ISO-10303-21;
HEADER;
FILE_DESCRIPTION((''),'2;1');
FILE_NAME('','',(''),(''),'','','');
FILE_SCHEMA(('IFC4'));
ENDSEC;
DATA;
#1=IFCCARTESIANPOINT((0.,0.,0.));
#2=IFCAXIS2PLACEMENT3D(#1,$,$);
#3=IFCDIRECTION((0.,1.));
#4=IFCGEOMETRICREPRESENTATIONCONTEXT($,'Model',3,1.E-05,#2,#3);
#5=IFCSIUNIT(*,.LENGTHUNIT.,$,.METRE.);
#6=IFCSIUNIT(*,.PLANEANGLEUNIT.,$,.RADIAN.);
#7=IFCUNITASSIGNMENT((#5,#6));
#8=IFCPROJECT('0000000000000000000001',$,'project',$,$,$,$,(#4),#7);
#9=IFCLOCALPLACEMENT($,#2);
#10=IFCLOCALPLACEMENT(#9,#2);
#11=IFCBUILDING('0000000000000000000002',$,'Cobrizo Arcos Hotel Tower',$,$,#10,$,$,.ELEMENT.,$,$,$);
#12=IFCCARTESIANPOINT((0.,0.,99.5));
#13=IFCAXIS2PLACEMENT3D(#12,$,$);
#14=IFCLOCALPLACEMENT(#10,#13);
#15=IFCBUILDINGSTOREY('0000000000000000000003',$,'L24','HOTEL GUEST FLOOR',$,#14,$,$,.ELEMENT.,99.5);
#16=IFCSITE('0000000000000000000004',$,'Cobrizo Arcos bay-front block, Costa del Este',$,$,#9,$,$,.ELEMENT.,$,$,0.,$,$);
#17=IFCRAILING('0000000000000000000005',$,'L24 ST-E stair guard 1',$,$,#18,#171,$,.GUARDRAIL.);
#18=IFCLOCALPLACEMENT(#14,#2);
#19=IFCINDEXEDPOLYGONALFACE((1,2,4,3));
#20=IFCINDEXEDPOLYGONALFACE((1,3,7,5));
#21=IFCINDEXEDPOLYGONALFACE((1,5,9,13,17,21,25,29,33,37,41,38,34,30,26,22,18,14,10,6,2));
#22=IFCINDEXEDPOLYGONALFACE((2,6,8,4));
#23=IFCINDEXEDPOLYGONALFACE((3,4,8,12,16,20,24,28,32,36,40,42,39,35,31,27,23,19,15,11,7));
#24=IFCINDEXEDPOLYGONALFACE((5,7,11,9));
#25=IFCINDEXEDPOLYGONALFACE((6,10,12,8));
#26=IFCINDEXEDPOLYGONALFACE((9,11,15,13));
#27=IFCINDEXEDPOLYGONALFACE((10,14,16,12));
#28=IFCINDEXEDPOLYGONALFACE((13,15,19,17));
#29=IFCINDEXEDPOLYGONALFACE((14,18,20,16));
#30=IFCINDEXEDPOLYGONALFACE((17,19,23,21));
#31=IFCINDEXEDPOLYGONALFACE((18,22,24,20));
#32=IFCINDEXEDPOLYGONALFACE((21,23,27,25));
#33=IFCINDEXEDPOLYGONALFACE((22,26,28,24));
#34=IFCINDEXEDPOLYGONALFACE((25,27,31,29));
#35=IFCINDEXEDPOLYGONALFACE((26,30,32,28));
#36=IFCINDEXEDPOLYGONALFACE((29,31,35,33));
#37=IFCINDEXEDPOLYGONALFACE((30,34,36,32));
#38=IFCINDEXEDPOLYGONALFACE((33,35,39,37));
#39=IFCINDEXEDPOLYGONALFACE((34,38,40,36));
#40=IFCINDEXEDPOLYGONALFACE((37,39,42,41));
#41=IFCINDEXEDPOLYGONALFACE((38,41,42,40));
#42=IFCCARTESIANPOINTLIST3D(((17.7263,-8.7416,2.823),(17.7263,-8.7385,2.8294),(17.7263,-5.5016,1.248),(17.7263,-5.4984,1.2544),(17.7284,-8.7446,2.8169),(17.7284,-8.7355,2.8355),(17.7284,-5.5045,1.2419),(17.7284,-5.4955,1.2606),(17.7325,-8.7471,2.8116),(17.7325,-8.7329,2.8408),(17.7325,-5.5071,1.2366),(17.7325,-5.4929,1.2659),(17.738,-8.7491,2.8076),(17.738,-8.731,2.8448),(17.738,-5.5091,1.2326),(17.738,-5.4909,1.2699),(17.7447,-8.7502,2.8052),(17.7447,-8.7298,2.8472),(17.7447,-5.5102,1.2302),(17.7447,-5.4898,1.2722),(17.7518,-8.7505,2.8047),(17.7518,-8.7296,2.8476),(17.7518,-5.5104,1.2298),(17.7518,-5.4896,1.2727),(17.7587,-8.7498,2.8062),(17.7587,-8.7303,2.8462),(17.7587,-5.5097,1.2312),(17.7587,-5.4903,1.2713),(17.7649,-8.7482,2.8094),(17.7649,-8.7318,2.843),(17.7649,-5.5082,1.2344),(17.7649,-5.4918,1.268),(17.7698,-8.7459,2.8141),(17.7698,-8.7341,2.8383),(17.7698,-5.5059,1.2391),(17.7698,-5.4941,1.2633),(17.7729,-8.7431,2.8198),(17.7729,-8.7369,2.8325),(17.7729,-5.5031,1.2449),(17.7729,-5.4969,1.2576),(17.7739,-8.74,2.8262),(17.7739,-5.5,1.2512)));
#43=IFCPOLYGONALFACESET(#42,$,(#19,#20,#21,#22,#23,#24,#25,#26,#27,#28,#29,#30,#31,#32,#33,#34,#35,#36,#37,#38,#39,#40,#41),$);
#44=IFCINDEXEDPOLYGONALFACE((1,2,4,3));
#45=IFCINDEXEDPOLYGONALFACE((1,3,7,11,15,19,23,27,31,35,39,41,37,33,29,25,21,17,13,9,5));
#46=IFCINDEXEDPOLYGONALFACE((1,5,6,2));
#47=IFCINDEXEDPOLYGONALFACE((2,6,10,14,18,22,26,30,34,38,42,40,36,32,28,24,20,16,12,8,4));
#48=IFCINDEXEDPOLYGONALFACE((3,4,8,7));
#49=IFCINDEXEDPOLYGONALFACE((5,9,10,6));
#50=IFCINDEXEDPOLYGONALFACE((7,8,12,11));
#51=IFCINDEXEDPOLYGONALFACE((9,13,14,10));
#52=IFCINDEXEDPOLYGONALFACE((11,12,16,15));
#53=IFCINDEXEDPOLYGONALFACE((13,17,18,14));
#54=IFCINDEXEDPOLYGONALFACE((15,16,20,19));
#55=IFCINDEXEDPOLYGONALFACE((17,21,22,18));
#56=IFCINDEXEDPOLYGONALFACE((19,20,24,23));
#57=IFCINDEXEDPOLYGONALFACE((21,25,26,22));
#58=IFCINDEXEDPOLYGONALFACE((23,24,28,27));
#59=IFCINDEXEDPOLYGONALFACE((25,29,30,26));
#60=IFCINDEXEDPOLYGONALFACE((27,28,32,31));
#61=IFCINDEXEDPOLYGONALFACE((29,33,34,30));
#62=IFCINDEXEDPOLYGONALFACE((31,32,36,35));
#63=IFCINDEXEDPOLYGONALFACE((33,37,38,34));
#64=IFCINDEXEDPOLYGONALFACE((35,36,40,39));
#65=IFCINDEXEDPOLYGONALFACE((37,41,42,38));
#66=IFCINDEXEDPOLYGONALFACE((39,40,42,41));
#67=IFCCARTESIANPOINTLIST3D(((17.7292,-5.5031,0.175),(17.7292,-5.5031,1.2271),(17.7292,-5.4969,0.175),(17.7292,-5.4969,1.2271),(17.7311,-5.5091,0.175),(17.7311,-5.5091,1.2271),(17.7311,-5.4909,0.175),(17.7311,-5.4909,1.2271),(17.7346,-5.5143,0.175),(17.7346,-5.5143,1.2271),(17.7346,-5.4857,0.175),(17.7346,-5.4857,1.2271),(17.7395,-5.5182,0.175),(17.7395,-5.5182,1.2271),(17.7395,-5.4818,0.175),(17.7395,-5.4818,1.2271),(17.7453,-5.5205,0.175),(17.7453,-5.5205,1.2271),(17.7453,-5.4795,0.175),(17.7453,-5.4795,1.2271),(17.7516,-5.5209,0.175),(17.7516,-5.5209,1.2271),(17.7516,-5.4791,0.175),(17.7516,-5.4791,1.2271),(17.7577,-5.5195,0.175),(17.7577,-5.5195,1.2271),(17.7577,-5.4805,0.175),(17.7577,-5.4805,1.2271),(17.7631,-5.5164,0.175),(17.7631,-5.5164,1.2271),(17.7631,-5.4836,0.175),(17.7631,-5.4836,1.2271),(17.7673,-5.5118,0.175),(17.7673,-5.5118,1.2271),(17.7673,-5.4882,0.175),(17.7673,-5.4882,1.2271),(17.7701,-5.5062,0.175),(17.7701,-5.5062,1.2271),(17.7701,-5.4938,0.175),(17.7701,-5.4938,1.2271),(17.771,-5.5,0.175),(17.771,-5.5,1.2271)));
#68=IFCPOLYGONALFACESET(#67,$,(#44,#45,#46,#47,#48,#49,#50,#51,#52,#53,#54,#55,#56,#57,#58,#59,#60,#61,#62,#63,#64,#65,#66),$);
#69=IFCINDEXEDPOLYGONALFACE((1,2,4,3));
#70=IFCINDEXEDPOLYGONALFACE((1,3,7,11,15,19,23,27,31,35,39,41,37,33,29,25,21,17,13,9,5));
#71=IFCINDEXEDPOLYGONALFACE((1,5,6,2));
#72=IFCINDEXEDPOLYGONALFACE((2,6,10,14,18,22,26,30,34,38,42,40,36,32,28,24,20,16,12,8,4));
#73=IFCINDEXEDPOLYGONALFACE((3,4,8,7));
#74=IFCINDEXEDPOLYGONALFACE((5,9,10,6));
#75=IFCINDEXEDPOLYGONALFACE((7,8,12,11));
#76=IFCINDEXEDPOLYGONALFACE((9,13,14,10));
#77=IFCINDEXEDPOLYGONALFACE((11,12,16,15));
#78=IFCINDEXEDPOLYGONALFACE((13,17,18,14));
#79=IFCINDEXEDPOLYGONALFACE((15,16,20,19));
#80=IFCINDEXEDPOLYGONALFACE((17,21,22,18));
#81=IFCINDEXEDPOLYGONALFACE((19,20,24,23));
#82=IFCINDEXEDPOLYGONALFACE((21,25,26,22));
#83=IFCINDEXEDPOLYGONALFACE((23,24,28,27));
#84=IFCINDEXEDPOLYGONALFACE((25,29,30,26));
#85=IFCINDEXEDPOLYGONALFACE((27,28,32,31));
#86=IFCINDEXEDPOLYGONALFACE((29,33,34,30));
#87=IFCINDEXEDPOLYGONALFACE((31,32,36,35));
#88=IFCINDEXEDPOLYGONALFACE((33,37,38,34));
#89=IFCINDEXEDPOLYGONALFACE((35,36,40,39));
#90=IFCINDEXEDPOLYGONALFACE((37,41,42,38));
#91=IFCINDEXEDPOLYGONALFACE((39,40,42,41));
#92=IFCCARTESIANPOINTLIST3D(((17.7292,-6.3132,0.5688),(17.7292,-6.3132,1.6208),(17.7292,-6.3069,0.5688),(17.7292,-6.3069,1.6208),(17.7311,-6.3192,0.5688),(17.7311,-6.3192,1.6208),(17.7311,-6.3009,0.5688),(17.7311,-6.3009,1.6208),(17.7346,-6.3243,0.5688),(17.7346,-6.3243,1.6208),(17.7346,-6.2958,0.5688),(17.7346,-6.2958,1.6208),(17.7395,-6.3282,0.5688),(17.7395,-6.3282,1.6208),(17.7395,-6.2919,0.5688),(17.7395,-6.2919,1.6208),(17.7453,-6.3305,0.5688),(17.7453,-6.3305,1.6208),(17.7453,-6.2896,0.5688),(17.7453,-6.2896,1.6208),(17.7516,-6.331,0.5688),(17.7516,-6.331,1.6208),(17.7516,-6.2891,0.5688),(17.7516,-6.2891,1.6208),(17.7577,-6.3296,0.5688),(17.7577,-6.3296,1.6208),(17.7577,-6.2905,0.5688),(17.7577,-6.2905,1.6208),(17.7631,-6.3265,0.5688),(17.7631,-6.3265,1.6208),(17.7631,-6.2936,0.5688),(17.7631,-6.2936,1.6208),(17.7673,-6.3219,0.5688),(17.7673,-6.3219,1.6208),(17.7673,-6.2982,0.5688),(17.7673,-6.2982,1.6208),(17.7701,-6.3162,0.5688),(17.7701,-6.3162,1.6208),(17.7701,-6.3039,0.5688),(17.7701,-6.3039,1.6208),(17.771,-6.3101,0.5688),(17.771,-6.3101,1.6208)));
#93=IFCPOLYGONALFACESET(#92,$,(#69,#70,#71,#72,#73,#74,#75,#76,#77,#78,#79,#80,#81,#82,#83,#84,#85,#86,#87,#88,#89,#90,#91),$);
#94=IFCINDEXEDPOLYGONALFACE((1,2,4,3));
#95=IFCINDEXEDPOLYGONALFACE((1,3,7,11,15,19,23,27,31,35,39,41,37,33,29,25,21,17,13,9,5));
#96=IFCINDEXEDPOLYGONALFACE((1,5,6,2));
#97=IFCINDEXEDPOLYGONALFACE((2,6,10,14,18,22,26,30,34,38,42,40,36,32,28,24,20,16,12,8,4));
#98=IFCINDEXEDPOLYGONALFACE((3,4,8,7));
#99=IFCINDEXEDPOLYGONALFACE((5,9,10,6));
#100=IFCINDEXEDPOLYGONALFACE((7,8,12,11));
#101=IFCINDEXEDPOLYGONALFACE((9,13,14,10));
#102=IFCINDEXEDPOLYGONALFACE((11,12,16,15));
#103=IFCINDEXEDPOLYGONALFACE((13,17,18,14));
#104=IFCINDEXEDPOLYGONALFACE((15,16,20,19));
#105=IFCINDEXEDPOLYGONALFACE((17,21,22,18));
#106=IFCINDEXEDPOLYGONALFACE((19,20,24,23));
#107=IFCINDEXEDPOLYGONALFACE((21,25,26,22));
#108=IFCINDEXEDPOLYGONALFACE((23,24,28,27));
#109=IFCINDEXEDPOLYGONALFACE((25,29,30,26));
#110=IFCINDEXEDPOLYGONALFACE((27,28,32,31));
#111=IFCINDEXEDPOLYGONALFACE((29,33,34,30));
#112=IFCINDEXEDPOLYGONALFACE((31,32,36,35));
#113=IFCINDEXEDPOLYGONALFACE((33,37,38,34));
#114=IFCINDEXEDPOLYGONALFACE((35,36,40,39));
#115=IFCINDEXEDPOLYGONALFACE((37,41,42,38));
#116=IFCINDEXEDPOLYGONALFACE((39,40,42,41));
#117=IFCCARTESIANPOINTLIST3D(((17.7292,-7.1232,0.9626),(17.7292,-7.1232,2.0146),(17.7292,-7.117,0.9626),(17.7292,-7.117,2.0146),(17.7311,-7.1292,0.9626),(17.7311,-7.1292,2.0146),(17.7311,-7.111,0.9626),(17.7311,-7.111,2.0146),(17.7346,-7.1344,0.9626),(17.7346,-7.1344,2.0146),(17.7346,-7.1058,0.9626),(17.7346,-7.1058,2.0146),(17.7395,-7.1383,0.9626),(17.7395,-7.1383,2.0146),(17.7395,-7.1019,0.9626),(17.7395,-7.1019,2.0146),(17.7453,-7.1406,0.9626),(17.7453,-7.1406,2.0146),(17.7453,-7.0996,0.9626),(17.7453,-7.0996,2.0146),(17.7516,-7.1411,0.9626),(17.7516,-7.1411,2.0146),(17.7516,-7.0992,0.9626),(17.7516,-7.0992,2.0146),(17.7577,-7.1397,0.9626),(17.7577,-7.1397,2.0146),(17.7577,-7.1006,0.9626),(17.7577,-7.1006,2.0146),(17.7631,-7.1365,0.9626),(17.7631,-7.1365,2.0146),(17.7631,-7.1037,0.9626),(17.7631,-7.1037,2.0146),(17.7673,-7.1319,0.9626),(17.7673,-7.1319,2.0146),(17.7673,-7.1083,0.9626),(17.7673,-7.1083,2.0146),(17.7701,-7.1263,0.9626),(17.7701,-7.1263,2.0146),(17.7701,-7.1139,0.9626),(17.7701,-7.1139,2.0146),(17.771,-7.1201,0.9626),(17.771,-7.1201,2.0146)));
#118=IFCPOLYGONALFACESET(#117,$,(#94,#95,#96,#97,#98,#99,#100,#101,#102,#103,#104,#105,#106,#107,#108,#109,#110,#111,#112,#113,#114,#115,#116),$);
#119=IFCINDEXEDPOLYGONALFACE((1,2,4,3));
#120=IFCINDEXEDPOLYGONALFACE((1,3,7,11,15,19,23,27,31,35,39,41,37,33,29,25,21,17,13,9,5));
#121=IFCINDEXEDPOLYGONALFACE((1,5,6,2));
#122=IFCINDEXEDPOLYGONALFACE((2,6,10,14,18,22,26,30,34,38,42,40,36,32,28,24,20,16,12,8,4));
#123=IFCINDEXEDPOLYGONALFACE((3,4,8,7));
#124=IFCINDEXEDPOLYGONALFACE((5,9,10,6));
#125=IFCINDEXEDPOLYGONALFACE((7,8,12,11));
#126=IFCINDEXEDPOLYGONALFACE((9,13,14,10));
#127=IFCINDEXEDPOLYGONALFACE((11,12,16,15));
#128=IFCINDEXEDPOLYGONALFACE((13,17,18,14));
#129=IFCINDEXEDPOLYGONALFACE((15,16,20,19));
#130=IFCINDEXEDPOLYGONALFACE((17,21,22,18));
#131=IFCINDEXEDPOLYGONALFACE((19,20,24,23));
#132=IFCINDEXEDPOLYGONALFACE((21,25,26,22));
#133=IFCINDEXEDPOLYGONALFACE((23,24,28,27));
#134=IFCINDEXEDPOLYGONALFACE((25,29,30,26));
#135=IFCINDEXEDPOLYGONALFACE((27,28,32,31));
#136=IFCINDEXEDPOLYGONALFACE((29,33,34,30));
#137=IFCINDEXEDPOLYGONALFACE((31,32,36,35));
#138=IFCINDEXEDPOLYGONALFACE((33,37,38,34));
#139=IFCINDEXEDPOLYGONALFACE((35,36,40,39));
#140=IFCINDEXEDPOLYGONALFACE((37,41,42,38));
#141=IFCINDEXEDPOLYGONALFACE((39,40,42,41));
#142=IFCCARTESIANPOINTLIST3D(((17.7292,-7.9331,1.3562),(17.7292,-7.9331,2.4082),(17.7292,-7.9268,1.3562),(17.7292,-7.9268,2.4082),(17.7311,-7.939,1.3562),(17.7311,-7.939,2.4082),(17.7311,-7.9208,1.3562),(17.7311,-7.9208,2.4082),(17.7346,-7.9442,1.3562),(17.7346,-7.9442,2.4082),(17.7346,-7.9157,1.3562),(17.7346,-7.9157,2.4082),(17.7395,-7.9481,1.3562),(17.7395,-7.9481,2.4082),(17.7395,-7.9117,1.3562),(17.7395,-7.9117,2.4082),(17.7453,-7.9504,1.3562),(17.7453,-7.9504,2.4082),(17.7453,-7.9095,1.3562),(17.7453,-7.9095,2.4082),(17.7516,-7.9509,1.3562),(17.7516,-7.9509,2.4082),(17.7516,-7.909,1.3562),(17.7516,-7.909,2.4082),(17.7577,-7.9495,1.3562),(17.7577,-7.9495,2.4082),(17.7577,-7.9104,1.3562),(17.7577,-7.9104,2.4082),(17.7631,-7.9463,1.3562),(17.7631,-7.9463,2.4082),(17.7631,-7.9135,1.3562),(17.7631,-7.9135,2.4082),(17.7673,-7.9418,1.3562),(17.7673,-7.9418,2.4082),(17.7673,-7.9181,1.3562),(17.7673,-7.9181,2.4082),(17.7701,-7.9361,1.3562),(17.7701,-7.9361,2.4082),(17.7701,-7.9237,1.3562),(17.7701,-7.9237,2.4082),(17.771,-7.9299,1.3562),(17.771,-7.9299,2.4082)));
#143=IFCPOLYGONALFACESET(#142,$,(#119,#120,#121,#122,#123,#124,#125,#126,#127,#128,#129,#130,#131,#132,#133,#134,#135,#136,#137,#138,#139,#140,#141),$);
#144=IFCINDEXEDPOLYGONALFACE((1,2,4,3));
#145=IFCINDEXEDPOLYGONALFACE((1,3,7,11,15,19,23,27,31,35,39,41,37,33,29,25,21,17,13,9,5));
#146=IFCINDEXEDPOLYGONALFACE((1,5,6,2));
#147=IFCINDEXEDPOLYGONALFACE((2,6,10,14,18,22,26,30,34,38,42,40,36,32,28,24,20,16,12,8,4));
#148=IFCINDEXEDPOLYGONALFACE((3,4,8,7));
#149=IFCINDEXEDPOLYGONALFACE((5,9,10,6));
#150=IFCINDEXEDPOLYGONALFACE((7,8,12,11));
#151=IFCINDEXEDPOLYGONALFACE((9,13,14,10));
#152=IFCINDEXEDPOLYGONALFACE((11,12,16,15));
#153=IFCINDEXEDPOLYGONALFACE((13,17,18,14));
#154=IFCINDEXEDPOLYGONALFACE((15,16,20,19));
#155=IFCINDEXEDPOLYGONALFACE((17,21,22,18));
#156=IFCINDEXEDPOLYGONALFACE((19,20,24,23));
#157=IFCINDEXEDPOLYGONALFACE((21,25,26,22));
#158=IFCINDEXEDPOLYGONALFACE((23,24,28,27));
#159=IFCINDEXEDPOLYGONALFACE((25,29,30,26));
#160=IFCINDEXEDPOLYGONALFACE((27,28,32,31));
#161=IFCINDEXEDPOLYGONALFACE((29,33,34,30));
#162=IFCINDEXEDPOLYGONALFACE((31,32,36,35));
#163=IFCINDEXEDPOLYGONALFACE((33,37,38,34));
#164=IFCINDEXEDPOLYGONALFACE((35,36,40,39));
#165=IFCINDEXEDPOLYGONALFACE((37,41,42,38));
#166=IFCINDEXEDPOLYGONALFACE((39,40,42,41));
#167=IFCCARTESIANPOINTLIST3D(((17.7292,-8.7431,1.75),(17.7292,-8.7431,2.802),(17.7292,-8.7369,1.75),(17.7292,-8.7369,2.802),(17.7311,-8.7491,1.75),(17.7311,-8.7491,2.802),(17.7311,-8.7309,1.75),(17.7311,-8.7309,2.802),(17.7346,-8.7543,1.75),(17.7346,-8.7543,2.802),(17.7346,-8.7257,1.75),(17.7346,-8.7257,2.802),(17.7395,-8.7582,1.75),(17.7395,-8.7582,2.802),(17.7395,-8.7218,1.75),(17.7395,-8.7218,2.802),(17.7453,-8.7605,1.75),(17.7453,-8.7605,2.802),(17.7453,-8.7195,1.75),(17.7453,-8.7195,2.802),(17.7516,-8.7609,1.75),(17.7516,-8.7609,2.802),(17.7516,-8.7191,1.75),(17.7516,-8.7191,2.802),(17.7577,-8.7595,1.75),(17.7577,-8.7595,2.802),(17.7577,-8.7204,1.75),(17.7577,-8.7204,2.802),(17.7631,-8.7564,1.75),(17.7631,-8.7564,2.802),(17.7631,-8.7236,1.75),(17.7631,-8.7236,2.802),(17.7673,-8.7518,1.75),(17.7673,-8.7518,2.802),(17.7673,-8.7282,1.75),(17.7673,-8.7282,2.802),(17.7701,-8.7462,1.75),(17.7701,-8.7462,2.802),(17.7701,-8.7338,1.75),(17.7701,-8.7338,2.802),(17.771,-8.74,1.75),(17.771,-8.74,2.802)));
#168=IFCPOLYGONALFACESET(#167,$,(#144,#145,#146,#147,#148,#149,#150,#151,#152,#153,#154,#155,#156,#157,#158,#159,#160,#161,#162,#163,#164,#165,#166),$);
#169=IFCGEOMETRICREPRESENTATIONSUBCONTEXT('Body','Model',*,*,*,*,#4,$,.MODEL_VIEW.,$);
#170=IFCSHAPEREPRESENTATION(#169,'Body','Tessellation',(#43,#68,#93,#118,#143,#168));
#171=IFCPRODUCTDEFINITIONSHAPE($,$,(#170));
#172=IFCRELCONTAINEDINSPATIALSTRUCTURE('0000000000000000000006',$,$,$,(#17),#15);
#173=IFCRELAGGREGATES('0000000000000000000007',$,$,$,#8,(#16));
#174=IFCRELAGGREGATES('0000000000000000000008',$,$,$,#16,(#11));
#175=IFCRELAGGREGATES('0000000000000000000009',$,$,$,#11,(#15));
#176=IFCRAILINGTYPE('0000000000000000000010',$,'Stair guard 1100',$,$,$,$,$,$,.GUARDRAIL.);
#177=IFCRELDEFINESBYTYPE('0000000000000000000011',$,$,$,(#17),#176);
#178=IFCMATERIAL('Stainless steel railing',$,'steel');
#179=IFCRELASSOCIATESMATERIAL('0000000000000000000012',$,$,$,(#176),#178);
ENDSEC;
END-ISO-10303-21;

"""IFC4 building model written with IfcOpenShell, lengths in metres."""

from ifc_helpers import new_model, si_unit, direction, frame, origin, origin_2d, place, context, subcontext, project, spatial, circle, extrude, material, type_object, element, save


model = new_model("IFC4")

# Units and contexts
model_context = context("Model", 3, precision=1e-05, world=origin(), true_north=direction((0.0, 1.0)))
body_context = subcontext(model_context, "Body", "Model", "MODEL_VIEW")
ifc_project = project(units=[si_unit("LENGTHUNIT", "METRE"), si_unit("PLANEANGLEUNIT", "RADIAN")], contexts=[model_context])

# Site, building, storey
site_placement = place(None, origin())
site = spatial("IfcSite", under=ifc_project, at=site_placement, Name="Cobrizo Arcos bay-front block, Costa del Este", CompositionType="ELEMENT", RefElevation=0.0)
building_placement = place(site_placement, origin())
building = spatial("IfcBuilding", under=site, at=building_placement, Name="Cobrizo Arcos Hotel Tower", CompositionType="ELEMENT")
storey_placement = place(building_placement, frame((0.0, 0.0, 99.5)))
storey = spatial("IfcBuildingStorey", under=building, at=storey_placement, Name="L24", Description="HOTEL GUEST FLOOR", CompositionType="ELEMENT", Elevation=99.5)

# Railing
ifc_material_1 = material(Name="Stainless steel railing", Category="steel")
railing_type_1 = type_object("IfcRailingType", Name="Stair guard 1100", PredefinedType="GUARDRAIL", material=ifc_material_1)
railing_1_placement = place(storey_placement, frame((17.75, -5.5, 0.175)))
element("IfcRailing", 1, at=railing_1_placement, inside=storey, type_object=railing_type_1, Name="L24 ST-E stair guard 1", PredefinedType="GUARDRAIL", context=body_context, shape_type="SweptSolid", body=[
    extrude(circle(Radius=0.0239, at=origin_2d()), frame((0.0, 0.0, 1.0762), z_axis=(0.0, -0.899373, 0.437183), x_axis=(1.0, 0.0, 0.0)), (0.0, 0.0, 1.0), 3.6025),
    extrude(circle(Radius=0.021, at=origin_2d()), origin(), (0.0, 0.0, 1.0), 1.052),
    extrude(circle(Radius=0.021, at=origin_2d()), frame((0.0, -0.8101, 0.3938)), (0.0, 0.0, 1.0), 1.052),
    extrude(circle(Radius=0.021, at=origin_2d()), frame((0.0, -1.6201, 0.7876)), (0.0, 0.0, 1.0), 1.052),
    extrude(circle(Radius=0.021, at=origin_2d()), frame((0.0, -2.4299, 1.1812)), (0.0, 0.0, 1.0), 1.052),
    extrude(circle(Radius=0.021, at=origin_2d()), frame((0.0, -3.24, 1.575)), (0.0, 0.0, 1.0), 1.052),
])

save(model, "model.ifc")
